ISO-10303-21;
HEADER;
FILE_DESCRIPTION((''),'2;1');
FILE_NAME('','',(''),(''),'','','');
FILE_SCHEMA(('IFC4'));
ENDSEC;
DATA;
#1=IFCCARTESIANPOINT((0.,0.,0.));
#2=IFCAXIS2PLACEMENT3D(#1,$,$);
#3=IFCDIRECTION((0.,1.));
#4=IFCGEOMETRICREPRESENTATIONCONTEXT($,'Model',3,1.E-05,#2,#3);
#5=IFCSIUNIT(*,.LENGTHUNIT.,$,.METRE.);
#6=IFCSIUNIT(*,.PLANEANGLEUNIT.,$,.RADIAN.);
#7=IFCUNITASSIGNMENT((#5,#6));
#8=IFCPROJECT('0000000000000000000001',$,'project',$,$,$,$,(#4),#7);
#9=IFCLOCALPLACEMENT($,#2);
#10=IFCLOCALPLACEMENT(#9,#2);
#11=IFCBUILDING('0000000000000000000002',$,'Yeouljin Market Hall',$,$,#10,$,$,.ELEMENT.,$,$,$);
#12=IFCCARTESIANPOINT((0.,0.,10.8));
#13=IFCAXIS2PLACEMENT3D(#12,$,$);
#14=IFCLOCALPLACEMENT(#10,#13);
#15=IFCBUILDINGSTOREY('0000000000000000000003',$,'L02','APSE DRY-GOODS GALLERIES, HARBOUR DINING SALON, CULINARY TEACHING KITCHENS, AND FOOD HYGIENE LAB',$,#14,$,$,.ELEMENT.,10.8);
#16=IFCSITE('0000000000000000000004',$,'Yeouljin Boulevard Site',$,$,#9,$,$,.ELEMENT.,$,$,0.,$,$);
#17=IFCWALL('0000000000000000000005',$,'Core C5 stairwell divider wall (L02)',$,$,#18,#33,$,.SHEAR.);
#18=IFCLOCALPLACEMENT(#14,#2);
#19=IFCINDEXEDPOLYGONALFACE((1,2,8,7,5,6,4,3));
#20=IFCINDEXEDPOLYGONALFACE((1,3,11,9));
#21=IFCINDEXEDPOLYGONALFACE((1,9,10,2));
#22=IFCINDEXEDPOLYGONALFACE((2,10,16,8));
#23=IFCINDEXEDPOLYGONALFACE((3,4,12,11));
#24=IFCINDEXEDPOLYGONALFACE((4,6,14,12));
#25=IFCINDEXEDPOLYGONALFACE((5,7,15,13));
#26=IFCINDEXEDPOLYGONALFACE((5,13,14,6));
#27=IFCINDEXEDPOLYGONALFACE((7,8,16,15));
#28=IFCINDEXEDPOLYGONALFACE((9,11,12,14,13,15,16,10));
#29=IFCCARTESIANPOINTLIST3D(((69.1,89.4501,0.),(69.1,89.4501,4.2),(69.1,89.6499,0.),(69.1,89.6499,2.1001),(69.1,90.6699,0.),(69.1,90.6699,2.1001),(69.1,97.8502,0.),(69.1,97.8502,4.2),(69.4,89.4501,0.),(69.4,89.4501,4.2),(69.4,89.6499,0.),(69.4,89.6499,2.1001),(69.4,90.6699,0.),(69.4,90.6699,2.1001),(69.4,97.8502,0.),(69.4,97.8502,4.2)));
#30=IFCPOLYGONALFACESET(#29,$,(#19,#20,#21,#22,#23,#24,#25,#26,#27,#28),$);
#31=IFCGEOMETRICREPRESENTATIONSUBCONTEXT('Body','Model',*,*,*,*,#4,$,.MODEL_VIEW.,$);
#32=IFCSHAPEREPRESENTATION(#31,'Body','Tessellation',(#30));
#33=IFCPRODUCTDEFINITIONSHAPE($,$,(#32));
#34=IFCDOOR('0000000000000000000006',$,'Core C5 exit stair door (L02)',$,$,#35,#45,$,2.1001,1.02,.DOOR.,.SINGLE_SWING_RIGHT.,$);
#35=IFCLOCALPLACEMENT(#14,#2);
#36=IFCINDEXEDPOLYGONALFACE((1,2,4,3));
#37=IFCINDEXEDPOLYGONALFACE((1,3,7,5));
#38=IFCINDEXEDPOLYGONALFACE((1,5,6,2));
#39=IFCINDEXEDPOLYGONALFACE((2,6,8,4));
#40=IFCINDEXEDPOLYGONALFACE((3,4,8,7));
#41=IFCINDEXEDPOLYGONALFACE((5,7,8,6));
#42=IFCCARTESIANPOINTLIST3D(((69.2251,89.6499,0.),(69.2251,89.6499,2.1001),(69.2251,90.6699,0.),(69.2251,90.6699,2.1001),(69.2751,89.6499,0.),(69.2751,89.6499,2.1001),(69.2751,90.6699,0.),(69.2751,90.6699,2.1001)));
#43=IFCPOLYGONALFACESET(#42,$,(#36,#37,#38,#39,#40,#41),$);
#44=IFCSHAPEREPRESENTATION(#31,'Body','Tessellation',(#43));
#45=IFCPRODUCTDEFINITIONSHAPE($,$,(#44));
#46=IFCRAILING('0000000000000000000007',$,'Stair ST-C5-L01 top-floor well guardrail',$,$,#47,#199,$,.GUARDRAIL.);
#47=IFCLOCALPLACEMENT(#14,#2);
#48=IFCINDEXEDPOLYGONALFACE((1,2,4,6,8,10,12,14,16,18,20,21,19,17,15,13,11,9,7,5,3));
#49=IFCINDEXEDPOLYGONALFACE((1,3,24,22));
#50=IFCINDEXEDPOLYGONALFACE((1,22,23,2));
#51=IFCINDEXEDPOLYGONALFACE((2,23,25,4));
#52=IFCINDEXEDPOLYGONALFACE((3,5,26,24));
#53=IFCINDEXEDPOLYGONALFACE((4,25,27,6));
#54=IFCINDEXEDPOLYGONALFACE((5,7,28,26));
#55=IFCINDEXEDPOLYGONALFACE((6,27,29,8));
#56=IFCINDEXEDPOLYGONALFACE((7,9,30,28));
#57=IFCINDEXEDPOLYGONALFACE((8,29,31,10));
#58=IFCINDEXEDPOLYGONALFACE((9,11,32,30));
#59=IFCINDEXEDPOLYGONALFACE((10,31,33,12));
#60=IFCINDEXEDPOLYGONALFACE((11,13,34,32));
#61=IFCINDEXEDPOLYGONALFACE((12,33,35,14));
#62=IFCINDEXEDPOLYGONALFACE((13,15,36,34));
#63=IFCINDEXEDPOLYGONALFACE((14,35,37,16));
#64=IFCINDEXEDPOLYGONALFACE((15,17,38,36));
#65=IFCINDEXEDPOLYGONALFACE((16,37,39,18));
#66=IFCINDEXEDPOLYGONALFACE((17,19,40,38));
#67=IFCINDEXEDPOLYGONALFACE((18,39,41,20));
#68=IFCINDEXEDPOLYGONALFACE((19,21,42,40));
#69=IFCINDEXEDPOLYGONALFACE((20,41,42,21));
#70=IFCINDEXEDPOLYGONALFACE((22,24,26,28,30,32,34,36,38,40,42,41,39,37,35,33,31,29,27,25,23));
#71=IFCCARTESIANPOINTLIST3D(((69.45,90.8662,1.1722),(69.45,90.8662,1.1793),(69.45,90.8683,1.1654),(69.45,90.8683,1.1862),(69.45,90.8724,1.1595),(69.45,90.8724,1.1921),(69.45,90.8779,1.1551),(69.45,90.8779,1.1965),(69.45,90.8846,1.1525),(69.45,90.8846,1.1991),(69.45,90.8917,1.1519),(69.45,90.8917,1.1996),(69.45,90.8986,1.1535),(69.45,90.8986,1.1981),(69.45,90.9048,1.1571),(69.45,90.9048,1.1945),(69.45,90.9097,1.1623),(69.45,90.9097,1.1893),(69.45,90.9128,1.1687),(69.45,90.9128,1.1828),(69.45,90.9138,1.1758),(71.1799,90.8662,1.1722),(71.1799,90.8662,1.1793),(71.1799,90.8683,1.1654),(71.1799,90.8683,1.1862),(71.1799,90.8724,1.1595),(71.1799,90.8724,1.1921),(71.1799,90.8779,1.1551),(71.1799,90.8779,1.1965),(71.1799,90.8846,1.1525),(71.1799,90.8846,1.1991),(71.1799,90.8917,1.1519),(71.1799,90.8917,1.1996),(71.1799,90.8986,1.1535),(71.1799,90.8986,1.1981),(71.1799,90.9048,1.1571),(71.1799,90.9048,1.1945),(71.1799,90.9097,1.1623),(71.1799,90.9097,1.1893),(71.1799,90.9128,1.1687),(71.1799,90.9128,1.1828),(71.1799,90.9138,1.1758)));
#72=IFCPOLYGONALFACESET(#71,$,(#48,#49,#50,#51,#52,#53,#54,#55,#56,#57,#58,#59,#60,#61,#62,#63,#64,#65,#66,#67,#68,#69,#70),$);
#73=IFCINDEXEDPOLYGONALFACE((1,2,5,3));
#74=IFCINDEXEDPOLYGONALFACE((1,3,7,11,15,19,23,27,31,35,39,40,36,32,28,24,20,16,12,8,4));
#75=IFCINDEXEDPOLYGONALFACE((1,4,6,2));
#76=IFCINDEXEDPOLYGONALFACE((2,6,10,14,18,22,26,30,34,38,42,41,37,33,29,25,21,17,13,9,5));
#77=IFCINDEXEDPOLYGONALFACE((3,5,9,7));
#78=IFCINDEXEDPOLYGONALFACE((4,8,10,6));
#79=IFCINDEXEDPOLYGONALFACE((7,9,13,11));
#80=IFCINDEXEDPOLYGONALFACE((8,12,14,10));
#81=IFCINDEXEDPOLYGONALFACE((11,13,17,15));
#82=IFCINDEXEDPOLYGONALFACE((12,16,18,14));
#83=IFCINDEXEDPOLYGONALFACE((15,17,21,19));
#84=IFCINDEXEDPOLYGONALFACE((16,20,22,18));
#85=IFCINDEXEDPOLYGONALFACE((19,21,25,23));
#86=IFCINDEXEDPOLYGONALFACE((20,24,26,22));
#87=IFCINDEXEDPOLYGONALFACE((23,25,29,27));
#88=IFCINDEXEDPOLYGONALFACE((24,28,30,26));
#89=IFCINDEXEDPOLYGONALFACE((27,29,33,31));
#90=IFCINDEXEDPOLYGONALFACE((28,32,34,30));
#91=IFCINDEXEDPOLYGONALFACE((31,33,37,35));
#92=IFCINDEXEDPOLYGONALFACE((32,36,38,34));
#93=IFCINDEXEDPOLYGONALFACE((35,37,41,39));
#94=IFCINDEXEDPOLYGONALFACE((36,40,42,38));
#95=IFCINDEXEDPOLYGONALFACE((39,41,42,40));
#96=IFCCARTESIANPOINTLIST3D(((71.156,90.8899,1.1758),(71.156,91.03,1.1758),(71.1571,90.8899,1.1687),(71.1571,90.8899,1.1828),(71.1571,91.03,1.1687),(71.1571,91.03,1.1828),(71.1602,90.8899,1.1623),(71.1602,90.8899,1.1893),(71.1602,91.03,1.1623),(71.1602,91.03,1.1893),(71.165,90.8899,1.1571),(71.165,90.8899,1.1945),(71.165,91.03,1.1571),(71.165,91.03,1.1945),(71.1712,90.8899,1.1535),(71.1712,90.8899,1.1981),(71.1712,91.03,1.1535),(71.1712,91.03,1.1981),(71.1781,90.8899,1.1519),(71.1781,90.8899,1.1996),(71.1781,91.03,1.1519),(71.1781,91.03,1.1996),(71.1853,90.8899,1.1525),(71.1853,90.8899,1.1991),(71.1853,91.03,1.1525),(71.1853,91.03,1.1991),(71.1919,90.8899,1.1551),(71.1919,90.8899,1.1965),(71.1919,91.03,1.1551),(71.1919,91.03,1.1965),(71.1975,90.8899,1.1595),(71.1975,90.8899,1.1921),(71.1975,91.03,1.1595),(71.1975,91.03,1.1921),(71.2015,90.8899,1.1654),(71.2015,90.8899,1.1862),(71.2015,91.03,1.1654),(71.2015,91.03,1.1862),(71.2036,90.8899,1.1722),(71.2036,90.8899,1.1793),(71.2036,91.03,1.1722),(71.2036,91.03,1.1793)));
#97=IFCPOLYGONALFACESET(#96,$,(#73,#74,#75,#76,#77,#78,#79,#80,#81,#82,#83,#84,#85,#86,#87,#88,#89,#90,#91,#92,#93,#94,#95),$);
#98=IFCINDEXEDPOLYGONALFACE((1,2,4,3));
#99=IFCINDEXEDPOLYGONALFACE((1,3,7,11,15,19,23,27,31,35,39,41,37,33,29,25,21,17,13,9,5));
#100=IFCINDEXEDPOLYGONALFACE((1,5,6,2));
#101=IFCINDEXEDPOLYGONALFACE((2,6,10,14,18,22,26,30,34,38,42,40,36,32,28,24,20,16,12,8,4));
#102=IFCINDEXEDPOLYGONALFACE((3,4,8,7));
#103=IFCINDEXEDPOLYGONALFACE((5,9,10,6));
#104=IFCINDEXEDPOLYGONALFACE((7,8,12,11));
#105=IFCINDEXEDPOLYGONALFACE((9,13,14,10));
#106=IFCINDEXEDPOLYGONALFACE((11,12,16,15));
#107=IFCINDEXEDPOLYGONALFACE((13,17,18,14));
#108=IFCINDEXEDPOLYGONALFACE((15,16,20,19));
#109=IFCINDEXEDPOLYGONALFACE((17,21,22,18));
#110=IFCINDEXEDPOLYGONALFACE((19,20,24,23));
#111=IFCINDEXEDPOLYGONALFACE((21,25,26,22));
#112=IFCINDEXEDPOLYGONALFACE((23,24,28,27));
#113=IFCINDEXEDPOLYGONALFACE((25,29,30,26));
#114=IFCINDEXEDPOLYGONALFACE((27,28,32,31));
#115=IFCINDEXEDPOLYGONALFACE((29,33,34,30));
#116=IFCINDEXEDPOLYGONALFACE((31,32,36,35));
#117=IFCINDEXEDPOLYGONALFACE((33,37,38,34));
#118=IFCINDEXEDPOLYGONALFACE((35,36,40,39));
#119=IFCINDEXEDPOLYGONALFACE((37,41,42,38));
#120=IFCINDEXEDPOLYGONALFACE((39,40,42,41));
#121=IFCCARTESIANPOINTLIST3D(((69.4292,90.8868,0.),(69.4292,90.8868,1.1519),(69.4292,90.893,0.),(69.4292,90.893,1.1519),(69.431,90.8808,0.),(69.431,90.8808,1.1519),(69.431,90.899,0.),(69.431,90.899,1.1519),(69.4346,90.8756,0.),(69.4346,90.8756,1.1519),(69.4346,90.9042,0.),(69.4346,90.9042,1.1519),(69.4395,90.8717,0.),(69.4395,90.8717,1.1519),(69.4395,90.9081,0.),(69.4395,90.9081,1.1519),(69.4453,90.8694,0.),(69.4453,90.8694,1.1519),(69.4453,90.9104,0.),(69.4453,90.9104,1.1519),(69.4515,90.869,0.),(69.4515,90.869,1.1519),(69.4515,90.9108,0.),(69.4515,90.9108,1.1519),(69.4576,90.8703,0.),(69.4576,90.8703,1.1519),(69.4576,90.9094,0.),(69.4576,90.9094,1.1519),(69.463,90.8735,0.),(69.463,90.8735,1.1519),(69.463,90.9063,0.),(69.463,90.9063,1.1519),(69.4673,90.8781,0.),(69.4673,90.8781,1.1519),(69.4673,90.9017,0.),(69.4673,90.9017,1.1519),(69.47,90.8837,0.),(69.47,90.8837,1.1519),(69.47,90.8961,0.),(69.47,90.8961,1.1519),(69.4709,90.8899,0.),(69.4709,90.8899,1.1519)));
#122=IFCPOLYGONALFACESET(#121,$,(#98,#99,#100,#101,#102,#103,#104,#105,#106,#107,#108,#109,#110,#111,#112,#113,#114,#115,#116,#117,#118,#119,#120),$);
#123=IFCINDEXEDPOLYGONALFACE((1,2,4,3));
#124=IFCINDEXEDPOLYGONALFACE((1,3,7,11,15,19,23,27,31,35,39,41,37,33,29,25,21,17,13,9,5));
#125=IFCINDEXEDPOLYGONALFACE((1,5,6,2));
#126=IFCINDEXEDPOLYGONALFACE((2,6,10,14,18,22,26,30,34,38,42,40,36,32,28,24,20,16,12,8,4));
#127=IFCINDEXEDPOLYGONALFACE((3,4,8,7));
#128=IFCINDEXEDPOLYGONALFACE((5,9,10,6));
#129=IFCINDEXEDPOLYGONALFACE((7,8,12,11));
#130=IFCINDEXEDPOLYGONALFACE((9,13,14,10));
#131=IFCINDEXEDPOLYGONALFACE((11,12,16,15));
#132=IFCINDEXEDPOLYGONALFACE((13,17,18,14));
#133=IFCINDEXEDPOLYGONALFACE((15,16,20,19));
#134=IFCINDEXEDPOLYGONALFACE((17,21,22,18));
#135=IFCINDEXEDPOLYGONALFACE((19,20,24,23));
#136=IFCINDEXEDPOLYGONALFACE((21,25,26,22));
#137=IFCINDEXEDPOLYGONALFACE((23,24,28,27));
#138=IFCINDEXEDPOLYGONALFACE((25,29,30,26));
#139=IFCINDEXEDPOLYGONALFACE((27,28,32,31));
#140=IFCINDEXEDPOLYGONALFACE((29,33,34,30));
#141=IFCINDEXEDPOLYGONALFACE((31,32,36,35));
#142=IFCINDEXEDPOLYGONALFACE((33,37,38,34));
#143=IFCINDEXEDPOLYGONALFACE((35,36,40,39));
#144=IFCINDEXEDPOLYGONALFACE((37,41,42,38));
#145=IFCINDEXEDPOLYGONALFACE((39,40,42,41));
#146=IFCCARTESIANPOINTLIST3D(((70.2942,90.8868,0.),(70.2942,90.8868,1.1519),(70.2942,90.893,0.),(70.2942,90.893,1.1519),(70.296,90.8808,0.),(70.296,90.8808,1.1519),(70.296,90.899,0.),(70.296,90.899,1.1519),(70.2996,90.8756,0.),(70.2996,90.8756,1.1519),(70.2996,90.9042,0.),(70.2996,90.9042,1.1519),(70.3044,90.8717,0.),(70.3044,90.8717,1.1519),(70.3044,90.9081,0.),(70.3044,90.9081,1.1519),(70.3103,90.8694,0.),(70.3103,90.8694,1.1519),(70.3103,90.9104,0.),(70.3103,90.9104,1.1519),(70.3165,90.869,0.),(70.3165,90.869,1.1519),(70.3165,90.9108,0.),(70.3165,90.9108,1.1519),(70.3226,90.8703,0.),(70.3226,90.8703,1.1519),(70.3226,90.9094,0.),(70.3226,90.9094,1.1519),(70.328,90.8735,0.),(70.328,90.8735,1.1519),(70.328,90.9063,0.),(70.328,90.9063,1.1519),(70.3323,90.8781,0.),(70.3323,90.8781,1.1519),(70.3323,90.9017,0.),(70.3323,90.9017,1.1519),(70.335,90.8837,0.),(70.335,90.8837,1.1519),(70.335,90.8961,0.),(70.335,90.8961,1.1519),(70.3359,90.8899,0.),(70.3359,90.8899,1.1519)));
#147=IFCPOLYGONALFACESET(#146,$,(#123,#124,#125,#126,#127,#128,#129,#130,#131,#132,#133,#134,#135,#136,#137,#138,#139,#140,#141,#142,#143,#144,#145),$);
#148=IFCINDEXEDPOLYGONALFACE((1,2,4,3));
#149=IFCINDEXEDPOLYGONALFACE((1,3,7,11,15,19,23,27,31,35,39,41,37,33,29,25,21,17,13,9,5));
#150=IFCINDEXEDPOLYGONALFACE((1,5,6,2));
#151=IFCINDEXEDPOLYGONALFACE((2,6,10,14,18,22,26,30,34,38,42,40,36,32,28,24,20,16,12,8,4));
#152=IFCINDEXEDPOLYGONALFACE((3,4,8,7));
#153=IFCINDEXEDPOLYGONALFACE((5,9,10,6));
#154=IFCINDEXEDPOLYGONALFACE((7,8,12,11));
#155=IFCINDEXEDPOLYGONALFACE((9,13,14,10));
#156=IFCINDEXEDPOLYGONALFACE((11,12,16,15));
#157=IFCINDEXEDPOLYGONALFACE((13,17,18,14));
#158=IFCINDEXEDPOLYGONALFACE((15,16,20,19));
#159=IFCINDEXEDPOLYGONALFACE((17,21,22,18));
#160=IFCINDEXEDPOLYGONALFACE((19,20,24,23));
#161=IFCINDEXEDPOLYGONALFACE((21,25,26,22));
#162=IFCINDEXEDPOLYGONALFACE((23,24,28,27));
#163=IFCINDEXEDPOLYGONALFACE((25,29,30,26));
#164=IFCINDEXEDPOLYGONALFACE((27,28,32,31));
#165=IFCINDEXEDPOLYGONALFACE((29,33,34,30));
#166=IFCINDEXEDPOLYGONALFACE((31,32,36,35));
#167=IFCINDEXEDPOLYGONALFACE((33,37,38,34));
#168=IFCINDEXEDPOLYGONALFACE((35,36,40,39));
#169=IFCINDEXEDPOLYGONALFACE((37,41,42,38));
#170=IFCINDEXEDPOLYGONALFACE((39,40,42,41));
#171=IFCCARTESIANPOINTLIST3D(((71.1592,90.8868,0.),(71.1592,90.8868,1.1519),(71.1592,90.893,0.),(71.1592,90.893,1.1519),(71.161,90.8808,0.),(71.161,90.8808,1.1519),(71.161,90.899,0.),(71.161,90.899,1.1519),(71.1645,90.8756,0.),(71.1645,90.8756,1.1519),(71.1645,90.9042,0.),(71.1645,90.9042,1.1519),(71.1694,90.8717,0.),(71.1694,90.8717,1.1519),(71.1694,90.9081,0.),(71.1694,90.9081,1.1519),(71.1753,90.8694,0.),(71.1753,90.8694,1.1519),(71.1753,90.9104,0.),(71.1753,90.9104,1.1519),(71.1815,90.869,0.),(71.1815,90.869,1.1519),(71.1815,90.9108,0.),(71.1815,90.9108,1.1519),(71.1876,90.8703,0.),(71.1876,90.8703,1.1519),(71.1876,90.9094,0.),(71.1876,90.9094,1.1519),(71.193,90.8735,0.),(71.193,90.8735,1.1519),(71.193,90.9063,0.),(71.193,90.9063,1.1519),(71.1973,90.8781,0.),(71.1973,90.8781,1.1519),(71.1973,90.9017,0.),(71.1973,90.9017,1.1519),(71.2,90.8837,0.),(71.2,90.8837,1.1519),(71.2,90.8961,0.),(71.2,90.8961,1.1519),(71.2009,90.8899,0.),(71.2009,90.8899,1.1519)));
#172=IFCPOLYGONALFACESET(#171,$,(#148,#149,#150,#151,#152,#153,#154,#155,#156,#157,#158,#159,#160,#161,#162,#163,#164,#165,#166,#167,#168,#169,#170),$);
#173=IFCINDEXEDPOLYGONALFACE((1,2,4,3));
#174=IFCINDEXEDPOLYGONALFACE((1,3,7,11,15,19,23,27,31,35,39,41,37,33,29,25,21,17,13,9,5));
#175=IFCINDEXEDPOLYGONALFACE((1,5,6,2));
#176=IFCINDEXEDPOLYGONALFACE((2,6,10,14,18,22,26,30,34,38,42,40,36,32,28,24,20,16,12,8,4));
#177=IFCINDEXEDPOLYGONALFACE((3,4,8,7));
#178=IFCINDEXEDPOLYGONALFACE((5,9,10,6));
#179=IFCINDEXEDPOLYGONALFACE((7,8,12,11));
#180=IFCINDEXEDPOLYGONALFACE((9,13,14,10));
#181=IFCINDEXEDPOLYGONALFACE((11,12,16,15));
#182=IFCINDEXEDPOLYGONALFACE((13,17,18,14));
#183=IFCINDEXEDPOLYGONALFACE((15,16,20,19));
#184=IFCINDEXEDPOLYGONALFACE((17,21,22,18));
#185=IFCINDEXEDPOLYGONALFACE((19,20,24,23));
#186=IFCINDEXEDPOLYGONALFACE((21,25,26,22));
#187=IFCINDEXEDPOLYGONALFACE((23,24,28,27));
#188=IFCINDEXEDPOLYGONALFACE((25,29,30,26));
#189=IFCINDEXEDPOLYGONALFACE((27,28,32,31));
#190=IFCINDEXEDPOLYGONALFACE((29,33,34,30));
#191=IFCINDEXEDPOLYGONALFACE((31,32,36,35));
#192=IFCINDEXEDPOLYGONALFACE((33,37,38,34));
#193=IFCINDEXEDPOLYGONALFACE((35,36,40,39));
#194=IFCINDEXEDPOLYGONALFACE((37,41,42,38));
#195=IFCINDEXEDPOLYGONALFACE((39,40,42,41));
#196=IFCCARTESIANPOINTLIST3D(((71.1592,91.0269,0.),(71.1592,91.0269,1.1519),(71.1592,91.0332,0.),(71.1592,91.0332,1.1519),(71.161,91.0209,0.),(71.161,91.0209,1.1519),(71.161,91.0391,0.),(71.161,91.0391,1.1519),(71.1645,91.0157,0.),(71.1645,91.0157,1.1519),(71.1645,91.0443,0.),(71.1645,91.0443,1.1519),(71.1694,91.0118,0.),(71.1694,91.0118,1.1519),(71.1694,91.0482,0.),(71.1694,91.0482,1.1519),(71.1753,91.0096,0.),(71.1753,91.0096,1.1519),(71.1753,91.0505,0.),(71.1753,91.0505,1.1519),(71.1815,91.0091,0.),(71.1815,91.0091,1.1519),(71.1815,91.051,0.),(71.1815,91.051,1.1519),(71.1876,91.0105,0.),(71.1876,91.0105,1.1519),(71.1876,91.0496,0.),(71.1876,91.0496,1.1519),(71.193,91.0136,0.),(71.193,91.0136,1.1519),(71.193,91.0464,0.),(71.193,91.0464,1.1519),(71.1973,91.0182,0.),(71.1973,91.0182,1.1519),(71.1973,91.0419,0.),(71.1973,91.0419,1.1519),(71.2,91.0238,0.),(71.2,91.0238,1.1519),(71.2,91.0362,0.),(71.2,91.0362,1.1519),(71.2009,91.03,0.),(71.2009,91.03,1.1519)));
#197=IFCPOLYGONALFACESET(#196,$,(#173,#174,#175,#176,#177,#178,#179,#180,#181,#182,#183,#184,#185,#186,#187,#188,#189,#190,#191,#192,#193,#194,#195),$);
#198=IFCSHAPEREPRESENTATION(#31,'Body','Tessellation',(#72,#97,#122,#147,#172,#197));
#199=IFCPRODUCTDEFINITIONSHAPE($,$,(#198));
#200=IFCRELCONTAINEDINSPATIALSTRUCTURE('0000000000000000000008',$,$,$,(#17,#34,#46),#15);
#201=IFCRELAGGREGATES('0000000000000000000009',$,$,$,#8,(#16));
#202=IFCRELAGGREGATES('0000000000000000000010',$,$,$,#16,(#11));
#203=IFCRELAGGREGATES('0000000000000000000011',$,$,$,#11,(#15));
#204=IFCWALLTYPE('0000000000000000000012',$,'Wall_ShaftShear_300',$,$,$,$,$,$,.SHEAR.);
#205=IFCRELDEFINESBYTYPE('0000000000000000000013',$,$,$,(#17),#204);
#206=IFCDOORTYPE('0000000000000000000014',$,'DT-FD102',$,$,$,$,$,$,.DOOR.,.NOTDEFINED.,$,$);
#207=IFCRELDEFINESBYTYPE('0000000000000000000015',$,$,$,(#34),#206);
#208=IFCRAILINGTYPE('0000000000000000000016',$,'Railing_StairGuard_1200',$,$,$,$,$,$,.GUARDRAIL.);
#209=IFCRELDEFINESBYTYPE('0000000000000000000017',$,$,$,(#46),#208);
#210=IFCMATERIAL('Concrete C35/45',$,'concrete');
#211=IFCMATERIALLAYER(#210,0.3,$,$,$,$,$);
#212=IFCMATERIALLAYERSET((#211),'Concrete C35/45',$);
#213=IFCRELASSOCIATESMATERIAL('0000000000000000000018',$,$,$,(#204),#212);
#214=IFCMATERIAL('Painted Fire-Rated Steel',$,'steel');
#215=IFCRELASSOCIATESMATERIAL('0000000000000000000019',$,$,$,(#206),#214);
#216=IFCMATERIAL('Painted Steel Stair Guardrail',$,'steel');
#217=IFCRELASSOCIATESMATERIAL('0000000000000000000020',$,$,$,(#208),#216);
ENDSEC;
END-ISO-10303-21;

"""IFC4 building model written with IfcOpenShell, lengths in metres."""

from ifc_helpers import new_model, si_unit, direction, frame, frame_2d, origin, origin_2d, place, context, subcontext, project, spatial, rectangle, circle, extrude, material, layer, layer_set, type_object, element, fill, save


model = new_model("IFC4")

# Units and contexts
model_context = context("Model", 3, precision=1e-05, world=origin(), true_north=direction((0.0, 1.0)))
body_context = subcontext(model_context, "Body", "Model", "MODEL_VIEW")
ifc_project = project(units=[si_unit("LENGTHUNIT", "METRE"), si_unit("PLANEANGLEUNIT", "RADIAN")], contexts=[model_context])

# Site, building, storey
site_placement = place(None, origin())
site = spatial("IfcSite", under=ifc_project, at=site_placement, Name="Yeouljin Boulevard Site", CompositionType="ELEMENT", RefElevation=0.0)
building_placement = place(site_placement, origin())
building = spatial("IfcBuilding", under=site, at=building_placement, Name="Yeouljin Market Hall", CompositionType="ELEMENT")
storey_placement = place(building_placement, frame((0.0, 0.0, 10.8)))
storey = spatial("IfcBuildingStorey", under=building, at=storey_placement, Name="L02", Description="APSE DRY-GOODS GALLERIES, HARBOUR DINING SALON, CULINARY TEACHING KITCHENS, AND FOOD HYGIENE LAB", CompositionType="ELEMENT", Elevation=10.8)

# Wall, opening, door
ifc_material_1 = material(Name="Concrete C35/45", Category="concrete")
ifc_layer_1 = layer(ifc_material_1, 0.3)
ifc_layer_set_1 = layer_set([ifc_layer_1], Name="Concrete C35/45")
wall_type_1 = type_object("IfcWallType", Name="Wall_ShaftShear_300", PredefinedType="SHEAR", material=ifc_layer_set_1)
wall_1_placement = place(storey_placement, frame((69.25, 89.45, 0.0), z_axis=(0.0, 0.0, 1.0), x_axis=(0.0, 1.0, 0.0)))
wall_1 = element("IfcWall", 1, at=wall_1_placement, inside=storey, type_object=wall_type_1, Name="Core C5 stairwell divider wall (L02)", PredefinedType="SHEAR", context=body_context, shape_type="SweptSolid", body=[
    extrude(rectangle(XDim=8.4001, YDim=0.3, at=frame_2d((4.2002, 0.0))), origin(), (0.0, 0.0, 1.0), 4.2),
])
opening_1_placement = place(wall_1_placement, frame((0.2, 0.0, 0.0)))
opening_1 = element("IfcOpeningElement", 2, at=opening_1_placement, cuts=wall_1, PredefinedType="OPENING", context=body_context, shape_type="SweptSolid", body=[
    extrude(rectangle(XDim=1.02, YDim=2.1001, at=frame_2d((0.51, 1.05))), frame((0.0, 0.1599, 0.0), z_axis=(0.0, -1.0, 0.0), x_axis=(1.0, 0.0, 0.0)), (0.0, 0.0, 1.0), 0.3201),
])
ifc_material_2 = material(Name="Painted Fire-Rated Steel", Category="steel")
door_type_1 = type_object("IfcDoorType", Name="DT-FD102", OperationType="NOTDEFINED", PredefinedType="DOOR", material=ifc_material_2)
door_1_placement = place(opening_1_placement, origin())
door_1 = element("IfcDoor", 3, at=door_1_placement, inside=storey, type_object=door_type_1, Name="Core C5 exit stair door (L02)", OperationType="SINGLE_SWING_RIGHT", OverallHeight=2.1001, OverallWidth=1.02, PredefinedType="DOOR", context=body_context, shape_type="SweptSolid", body=[
    extrude(rectangle(XDim=1.02, YDim=2.1001, at=frame_2d((0.51, 1.05))), frame((0.0, 0.0249, 0.0), z_axis=(0.0, -1.0, 0.0), x_axis=(1.0, 0.0, 0.0)), (0.0, 0.0, 1.0), 0.05),
])
fill(opening_1, door_1)

# Railing
ifc_material_3 = material(Name="Painted Steel Stair Guardrail", Category="steel")
railing_type = type_object("IfcRailingType", Name="Railing_StairGuard_1200", PredefinedType="GUARDRAIL", material=ifc_material_3)
railing_placement = place(storey_placement, frame((69.45, 90.8899, 0.0)))
element("IfcRailing", 4, at=railing_placement, inside=storey, type_object=railing_type, Name="Stair ST-C5-L01 top-floor well guardrail", PredefinedType="GUARDRAIL", context=body_context, shape_type="SweptSolid", body=[
    extrude(circle(Radius=0.0239, at=origin_2d()), frame((0.0, 0.0, 1.1758), z_axis=(1.0, 0.0, 0.0), x_axis=(0.0, 1.0, 0.0)), (0.0, 0.0, 1.0), 1.73),
    extrude(circle(Radius=0.0239, at=origin_2d()), frame((1.73, 0.0, 1.1758), z_axis=(0.0, 1.0, 0.0), x_axis=(-1.0, 0.0, 0.0)), (0.0, 0.0, 1.0), 0.1401),
    extrude(circle(Radius=0.021, at=origin_2d()), origin(), (0.0, 0.0, 1.0), 1.1519),
    extrude(circle(Radius=0.021, at=origin_2d()), frame((0.865, 0.0, 0.0)), (0.0, 0.0, 1.0), 1.1519),
    extrude(circle(Radius=0.021, at=origin_2d()), frame((1.73, 0.0, 0.0)), (0.0, 0.0, 1.0), 1.1519),
    extrude(circle(Radius=0.021, at=origin_2d()), frame((1.73, 0.1401, 0.0)), (0.0, 0.0, 1.0), 1.1519),
])

save(model, "model.ifc")
